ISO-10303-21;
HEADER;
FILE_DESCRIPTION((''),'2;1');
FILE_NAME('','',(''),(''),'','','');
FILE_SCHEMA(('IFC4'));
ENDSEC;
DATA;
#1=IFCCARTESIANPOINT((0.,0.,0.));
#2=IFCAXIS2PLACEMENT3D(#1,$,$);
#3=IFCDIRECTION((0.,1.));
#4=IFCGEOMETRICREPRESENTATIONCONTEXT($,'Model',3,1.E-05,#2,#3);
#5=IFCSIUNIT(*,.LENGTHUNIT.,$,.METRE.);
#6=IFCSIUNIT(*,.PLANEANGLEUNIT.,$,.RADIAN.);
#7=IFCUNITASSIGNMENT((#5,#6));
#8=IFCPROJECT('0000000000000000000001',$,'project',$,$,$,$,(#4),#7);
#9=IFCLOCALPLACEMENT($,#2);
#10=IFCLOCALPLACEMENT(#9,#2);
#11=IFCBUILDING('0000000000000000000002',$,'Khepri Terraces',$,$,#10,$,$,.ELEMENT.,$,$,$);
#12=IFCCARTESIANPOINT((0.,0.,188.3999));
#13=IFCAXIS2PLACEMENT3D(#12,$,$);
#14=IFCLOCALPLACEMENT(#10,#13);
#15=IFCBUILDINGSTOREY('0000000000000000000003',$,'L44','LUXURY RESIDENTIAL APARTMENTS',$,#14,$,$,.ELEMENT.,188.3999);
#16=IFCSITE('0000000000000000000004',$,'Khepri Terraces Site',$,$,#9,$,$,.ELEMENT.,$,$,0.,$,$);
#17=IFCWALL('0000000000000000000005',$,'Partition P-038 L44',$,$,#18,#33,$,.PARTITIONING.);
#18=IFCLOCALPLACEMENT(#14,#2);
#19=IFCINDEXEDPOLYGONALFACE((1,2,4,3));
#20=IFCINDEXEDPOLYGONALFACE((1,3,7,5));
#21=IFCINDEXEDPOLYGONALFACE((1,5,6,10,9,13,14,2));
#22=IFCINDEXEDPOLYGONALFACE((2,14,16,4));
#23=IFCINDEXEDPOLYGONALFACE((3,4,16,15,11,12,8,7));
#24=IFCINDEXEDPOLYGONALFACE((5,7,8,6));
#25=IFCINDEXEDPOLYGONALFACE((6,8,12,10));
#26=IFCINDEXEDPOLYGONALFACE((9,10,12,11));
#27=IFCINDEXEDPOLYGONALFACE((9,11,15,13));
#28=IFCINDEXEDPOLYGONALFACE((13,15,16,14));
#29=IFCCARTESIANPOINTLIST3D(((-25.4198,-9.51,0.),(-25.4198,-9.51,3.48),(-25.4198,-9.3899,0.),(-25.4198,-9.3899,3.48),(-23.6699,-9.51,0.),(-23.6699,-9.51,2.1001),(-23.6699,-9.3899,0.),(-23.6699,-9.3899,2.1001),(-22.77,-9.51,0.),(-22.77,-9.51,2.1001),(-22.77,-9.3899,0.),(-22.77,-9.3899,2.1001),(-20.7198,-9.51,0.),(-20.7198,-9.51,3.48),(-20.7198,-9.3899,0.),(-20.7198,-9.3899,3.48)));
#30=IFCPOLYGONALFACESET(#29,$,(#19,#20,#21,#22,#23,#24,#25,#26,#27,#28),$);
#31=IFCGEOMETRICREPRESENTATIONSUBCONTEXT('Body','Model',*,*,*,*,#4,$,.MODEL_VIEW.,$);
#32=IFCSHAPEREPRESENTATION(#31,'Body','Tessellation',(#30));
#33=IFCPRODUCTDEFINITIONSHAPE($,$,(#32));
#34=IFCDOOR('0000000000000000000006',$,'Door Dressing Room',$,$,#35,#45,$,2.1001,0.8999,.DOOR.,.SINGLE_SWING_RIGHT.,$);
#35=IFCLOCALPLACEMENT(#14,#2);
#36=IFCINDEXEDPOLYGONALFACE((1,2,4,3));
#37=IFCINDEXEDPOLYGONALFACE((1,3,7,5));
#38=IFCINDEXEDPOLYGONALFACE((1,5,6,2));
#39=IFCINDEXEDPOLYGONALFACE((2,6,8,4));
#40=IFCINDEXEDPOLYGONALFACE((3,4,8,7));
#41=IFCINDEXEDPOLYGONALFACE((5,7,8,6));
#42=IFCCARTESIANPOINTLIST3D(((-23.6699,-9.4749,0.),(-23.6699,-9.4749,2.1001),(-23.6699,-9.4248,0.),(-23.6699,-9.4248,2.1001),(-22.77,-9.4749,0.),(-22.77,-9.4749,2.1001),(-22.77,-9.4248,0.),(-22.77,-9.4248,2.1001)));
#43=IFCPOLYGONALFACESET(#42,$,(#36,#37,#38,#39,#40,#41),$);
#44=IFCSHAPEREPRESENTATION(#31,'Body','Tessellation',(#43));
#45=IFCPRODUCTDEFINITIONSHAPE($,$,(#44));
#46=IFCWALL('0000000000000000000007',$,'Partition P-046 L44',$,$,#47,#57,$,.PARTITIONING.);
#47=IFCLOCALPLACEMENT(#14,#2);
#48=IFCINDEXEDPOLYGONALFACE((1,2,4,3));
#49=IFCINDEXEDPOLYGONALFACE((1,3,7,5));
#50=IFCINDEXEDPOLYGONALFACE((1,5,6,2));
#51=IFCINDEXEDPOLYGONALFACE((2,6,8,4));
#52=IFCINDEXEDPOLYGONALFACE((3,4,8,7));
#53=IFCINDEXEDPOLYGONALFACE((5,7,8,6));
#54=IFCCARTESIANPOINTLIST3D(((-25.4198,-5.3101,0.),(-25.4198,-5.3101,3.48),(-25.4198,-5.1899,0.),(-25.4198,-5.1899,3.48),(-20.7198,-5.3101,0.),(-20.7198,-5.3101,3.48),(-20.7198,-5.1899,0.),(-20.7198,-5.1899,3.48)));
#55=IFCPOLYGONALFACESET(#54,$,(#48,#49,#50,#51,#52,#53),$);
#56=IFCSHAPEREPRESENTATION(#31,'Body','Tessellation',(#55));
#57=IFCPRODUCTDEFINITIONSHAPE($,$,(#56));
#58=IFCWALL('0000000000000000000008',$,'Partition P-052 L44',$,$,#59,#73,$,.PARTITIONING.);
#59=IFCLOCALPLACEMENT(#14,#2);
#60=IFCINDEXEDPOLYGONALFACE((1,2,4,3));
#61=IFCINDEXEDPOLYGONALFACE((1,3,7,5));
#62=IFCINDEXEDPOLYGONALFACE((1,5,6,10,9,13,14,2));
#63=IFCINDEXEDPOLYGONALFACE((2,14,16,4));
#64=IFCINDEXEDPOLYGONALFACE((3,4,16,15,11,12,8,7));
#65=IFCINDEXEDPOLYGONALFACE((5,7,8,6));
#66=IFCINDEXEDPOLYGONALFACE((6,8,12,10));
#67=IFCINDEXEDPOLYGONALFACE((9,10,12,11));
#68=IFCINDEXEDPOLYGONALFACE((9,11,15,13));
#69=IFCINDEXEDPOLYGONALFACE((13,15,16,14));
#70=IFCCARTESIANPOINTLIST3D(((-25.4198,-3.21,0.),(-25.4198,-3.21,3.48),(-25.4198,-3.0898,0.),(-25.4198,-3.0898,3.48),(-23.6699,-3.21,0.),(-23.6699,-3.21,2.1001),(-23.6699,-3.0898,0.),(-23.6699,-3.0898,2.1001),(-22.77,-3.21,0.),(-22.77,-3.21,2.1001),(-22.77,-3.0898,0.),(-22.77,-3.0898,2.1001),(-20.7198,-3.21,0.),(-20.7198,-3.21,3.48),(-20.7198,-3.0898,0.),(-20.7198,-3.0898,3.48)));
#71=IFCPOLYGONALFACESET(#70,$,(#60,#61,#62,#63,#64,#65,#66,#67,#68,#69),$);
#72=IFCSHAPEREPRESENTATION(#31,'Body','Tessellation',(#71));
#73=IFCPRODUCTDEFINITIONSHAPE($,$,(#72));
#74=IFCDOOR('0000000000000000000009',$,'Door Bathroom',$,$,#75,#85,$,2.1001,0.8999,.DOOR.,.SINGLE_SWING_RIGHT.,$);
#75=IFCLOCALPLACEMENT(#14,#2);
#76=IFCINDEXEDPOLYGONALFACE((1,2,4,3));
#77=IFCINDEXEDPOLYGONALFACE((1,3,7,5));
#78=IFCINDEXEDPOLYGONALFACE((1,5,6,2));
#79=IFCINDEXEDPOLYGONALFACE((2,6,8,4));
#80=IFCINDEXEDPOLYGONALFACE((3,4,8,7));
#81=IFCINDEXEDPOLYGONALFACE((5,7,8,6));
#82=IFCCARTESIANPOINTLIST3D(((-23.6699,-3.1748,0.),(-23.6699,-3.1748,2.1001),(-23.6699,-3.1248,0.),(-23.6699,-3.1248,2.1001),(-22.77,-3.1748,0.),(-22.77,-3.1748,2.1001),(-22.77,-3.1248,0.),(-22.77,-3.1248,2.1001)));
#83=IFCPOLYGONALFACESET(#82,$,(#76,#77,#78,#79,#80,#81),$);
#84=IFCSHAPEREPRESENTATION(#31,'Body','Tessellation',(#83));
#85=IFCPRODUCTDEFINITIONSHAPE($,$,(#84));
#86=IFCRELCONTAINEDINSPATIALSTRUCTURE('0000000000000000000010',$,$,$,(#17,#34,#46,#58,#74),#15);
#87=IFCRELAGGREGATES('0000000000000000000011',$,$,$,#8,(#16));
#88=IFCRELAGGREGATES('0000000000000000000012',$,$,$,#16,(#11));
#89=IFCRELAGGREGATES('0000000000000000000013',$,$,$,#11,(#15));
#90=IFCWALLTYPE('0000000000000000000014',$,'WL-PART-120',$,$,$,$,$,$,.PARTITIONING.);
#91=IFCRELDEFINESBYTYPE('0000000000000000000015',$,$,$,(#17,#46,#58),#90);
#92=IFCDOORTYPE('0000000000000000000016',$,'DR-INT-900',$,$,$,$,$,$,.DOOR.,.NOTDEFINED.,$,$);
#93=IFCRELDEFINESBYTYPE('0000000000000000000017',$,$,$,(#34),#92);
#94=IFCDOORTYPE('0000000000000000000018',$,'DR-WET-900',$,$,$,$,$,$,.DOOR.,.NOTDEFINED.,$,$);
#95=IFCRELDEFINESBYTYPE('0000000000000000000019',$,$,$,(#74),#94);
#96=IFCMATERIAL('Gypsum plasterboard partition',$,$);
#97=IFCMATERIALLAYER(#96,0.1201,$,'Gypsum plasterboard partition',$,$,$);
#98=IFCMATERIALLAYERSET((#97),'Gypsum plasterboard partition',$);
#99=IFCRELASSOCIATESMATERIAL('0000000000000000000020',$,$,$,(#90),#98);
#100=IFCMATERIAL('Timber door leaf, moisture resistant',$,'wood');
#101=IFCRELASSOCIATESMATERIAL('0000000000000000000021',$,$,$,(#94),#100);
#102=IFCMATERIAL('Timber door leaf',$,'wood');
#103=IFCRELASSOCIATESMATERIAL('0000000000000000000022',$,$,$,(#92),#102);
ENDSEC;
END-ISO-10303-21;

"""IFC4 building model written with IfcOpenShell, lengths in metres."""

from ifc_helpers import new_model, si_unit, direction, frame, frame_2d, origin, place, context, subcontext, project, spatial, rectangle, extrude, material, layer, layer_set, type_object, element, fill, save


model = new_model("IFC4")

# Units and contexts
model_context = context("Model", 3, precision=1e-05, world=origin(), true_north=direction((0.0, 1.0)))
body_context = subcontext(model_context, "Body", "Model", "MODEL_VIEW")
ifc_project = project(units=[si_unit("LENGTHUNIT", "METRE"), si_unit("PLANEANGLEUNIT", "RADIAN")], contexts=[model_context])

# Site, building, storey
site_placement = place(None, origin())
site = spatial("IfcSite", under=ifc_project, at=site_placement, Name="Khepri Terraces Site", CompositionType="ELEMENT", RefElevation=0.0)
building_placement = place(site_placement, origin())
building = spatial("IfcBuilding", under=site, at=building_placement, Name="Khepri Terraces", CompositionType="ELEMENT")
storey_placement = place(building_placement, frame((0.0, 0.0, 188.3999)))
storey = spatial("IfcBuildingStorey", under=building, at=storey_placement, Name="L44", Description="LUXURY RESIDENTIAL APARTMENTS", CompositionType="ELEMENT", Elevation=188.3999)

# Shared definitions
ifc_material_1 = material(Name="Gypsum plasterboard partition")
ifc_layer_1 = layer(ifc_material_1, 0.1201, Name="Gypsum plasterboard partition")
ifc_layer_set_1 = layer_set([ifc_layer_1], Name="Gypsum plasterboard partition")
wall_type_1 = type_object("IfcWallType", Name="WL-PART-120", PredefinedType="PARTITIONING", material=ifc_layer_set_1)
ifc_material_2 = material(Name="Timber door leaf, moisture resistant", Category="wood")
door_type_1 = type_object("IfcDoorType", Name="DR-WET-900", OperationType="NOTDEFINED", PredefinedType="DOOR", material=ifc_material_2)

# Wall, opening, door
wall_1_placement = place(storey_placement, frame((-25.4199, -9.45, 0.0), z_axis=(0.0, 0.0, 1.0), x_axis=(1.0, 0.0, 0.0)))
wall_1 = element("IfcWall", 1, at=wall_1_placement, inside=storey, type_object=wall_type_1, Name="Partition P-038 L44", PredefinedType="PARTITIONING", context=body_context, shape_type="SweptSolid", body=[
    extrude(rectangle(XDim=4.7, YDim=0.1201, at=frame_2d((2.3501, 0.0))), origin(), (0.0, 0.0, 1.0), 3.48),
])
opening_1_placement = place(wall_1_placement, frame((1.75, 0.0, 0.0)))
opening_1 = element("IfcOpeningElement", 2, at=opening_1_placement, cuts=wall_1, PredefinedType="OPENING", context=body_context, shape_type="SweptSolid", body=[
    extrude(rectangle(XDim=0.8999, YDim=2.1001, at=frame_2d((0.45, 1.05))), frame((0.0, 0.0701, 0.0), z_axis=(0.0, -1.0, 0.0), x_axis=(1.0, 0.0, 0.0)), (0.0, 0.0, 1.0), 0.1401),
])
ifc_material_3 = material(Name="Timber door leaf", Category="wood")
door_type_2 = type_object("IfcDoorType", Name="DR-INT-900", OperationType="NOTDEFINED", PredefinedType="DOOR", material=ifc_material_3)
door_1_placement = place(opening_1_placement, frame((0.8999, 0.0, 0.0), z_axis=(0.0, 0.0, 1.0), x_axis=(-1.0, 0.0, 0.0)))
door_1 = element("IfcDoor", 3, at=door_1_placement, inside=storey, type_object=door_type_2, Name="Door Dressing Room", OperationType="SINGLE_SWING_RIGHT", OverallHeight=2.1001, OverallWidth=0.8999, PredefinedType="DOOR", context=body_context, shape_type="SweptSolid", body=[
    extrude(rectangle(XDim=0.8999, YDim=2.1001, at=frame_2d((0.45, 1.05))), frame((0.0, 0.0249, 0.0), z_axis=(0.0, -1.0, 0.0), x_axis=(1.0, 0.0, 0.0)), (0.0, 0.0, 1.0), 0.05),
])
fill(opening_1, door_1)

# Wall
wall_2_placement = place(storey_placement, frame((-25.4199, -5.25, 0.0), z_axis=(0.0, 0.0, 1.0), x_axis=(1.0, 0.0, 0.0)))
element("IfcWall", 4, at=wall_2_placement, inside=storey, type_object=wall_type_1, Name="Partition P-046 L44", PredefinedType="PARTITIONING", context=body_context, shape_type="SweptSolid", body=[
    extrude(rectangle(XDim=4.7, YDim=0.1201, at=frame_2d((2.3501, 0.0))), origin(), (0.0, 0.0, 1.0), 3.48),
])

# Wall, opening, door
wall_3_placement = place(storey_placement, frame((-25.4199, -3.1499, 0.0), z_axis=(0.0, 0.0, 1.0), x_axis=(1.0, 0.0, 0.0)))
wall_3 = element("IfcWall", 5, at=wall_3_placement, inside=storey, type_object=wall_type_1, Name="Partition P-052 L44", PredefinedType="PARTITIONING", context=body_context, shape_type="SweptSolid", body=[
    extrude(rectangle(XDim=4.7, YDim=0.1201, at=frame_2d((2.3501, 0.0))), origin(), (0.0, 0.0, 1.0), 3.48),
])
opening_2_placement = place(wall_3_placement, frame((1.75, 0.0, 0.0)))
opening_2 = element("IfcOpeningElement", 6, at=opening_2_placement, cuts=wall_3, PredefinedType="OPENING", context=body_context, shape_type="SweptSolid", body=[
    extrude(rectangle(XDim=0.8999, YDim=2.1001, at=frame_2d((0.45, 1.05))), frame((0.0, 0.0701, 0.0), z_axis=(0.0, -1.0, 0.0), x_axis=(1.0, 0.0, 0.0)), (0.0, 0.0, 1.0), 0.1401),
])
door_2_placement = place(opening_2_placement, frame((0.8999, 0.0, 0.0), z_axis=(0.0, 0.0, 1.0), x_axis=(-1.0, 0.0, 0.0)))
door_2 = element("IfcDoor", 7, at=door_2_placement, inside=storey, type_object=door_type_1, Name="Door Bathroom", OperationType="SINGLE_SWING_RIGHT", OverallHeight=2.1001, OverallWidth=0.8999, PredefinedType="DOOR", context=body_context, shape_type="SweptSolid", body=[
    extrude(rectangle(XDim=0.8999, YDim=2.1001, at=frame_2d((0.45, 1.05))), frame((0.0, 0.0249, 0.0), z_axis=(0.0, -1.0, 0.0), x_axis=(1.0, 0.0, 0.0)), (0.0, 0.0, 1.0), 0.05),
])
fill(opening_2, door_2)

save(model, "model.ifc")
